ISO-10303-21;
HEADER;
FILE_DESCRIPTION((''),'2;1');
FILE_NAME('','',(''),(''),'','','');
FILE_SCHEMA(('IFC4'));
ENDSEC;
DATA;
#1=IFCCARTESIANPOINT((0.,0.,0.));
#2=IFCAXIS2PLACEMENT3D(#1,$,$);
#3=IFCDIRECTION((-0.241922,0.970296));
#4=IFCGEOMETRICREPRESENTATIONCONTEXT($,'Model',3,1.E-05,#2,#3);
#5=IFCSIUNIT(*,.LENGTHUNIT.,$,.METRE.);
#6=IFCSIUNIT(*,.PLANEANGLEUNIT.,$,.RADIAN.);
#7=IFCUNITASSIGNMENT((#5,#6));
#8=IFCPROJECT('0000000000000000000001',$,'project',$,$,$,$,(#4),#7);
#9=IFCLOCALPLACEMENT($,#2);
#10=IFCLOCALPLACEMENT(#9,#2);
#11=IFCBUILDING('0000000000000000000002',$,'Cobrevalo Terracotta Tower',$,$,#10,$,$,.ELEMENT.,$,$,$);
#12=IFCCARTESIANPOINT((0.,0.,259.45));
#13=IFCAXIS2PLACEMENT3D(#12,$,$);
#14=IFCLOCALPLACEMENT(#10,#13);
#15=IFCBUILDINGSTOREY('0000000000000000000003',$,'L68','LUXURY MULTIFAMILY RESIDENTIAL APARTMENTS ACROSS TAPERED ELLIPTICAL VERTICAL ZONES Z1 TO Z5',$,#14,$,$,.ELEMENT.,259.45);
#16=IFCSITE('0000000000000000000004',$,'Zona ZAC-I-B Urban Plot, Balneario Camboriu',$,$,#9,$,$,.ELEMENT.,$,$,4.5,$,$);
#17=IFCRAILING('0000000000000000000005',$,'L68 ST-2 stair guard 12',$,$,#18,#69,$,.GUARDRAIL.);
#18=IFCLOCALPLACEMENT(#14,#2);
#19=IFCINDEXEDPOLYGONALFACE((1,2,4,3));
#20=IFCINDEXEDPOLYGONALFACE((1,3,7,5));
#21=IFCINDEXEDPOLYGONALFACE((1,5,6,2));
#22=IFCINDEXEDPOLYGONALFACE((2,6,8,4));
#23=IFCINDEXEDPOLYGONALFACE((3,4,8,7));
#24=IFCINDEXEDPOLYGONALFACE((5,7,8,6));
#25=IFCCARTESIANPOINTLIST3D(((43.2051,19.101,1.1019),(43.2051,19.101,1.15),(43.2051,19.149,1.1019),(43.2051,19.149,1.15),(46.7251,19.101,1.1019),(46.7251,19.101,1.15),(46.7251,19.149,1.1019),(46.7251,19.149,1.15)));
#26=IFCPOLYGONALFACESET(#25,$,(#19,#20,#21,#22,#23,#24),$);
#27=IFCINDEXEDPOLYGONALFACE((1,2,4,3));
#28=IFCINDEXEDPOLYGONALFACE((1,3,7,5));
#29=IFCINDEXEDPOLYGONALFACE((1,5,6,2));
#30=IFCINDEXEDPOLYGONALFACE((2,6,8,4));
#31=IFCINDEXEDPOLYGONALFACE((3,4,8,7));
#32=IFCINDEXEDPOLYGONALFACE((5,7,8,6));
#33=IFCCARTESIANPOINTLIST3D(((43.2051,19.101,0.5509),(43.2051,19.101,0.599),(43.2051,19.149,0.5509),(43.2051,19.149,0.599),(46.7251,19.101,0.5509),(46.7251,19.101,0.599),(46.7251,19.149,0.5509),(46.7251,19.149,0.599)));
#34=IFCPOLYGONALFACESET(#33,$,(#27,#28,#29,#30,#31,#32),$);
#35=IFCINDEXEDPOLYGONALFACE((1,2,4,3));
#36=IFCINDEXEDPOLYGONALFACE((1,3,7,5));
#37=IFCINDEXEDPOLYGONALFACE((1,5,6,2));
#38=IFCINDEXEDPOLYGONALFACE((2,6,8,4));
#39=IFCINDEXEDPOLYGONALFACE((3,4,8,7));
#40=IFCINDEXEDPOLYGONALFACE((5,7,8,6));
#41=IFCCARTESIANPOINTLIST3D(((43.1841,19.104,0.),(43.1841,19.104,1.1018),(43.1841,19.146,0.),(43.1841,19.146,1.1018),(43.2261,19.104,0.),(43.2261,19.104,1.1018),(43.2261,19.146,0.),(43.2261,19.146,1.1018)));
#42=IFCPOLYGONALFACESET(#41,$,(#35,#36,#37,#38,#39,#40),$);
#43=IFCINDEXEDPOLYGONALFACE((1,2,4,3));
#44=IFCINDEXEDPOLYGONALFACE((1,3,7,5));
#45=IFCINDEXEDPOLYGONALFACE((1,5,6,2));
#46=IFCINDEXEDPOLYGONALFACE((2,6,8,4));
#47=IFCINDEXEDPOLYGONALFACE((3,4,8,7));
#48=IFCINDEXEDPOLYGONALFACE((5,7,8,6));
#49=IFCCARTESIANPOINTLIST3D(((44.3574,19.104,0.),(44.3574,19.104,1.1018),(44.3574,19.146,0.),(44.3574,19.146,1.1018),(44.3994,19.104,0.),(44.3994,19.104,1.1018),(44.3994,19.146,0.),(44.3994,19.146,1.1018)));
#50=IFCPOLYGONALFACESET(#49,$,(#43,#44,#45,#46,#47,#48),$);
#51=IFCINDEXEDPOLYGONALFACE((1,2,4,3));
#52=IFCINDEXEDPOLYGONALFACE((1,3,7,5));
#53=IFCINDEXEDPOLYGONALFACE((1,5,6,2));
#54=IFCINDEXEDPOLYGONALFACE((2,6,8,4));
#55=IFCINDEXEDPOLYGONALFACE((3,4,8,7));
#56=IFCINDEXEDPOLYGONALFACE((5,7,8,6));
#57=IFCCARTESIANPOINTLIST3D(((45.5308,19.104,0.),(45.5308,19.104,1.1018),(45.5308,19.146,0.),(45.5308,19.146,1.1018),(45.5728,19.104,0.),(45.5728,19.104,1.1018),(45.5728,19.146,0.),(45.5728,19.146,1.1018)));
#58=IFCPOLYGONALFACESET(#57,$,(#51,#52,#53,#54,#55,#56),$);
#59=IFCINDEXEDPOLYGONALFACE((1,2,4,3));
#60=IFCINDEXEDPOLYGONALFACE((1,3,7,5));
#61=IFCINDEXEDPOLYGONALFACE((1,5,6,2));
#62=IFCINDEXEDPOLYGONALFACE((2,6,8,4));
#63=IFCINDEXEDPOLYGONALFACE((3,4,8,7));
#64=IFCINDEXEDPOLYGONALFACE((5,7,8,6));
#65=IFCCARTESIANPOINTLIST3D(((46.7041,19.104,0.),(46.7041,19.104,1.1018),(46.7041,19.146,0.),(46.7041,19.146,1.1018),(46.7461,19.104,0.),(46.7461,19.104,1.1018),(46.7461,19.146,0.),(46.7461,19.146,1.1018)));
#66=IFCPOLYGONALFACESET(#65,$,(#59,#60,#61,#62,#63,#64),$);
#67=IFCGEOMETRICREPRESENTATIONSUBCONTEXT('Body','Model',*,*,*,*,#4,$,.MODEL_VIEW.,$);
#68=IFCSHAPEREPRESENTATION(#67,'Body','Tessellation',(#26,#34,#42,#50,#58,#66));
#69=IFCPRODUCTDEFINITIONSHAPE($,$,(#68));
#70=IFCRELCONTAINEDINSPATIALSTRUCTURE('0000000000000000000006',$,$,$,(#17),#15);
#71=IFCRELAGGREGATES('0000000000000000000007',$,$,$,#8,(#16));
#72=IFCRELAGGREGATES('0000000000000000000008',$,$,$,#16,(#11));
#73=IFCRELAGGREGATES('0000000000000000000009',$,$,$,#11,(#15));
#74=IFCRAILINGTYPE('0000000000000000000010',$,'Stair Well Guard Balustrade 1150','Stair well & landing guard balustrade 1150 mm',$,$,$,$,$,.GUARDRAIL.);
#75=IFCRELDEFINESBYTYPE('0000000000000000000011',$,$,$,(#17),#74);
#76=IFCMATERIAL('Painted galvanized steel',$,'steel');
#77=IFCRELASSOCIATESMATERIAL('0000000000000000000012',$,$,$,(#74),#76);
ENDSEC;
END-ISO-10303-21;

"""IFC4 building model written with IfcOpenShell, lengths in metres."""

from ifc_helpers import new_model, si_unit, direction, frame, origin, origin_2d, place, context, subcontext, project, spatial, rectangle, extrude, material, type_object, element, save


model = new_model("IFC4")

# Units and contexts
model_context = context("Model", 3, precision=1e-05, world=origin(), true_north=direction((-0.241922, 0.970296)))
body_context = subcontext(model_context, "Body", "Model", "MODEL_VIEW")
ifc_project = project(units=[si_unit("LENGTHUNIT", "METRE"), si_unit("PLANEANGLEUNIT", "RADIAN")], contexts=[model_context])

# Site, building, storey
site_placement = place(None, origin())
site = spatial("IfcSite", under=ifc_project, at=site_placement, Name="Zona ZAC-I-B Urban Plot, Balneario Camboriu", CompositionType="ELEMENT", RefElevation=4.5)
building_placement = place(site_placement, origin())
building = spatial("IfcBuilding", under=site, at=building_placement, Name="Cobrevalo Terracotta Tower", CompositionType="ELEMENT")
storey_placement = place(building_placement, frame((0.0, 0.0, 259.45)))
storey = spatial("IfcBuildingStorey", under=building, at=storey_placement, Name="L68", Description="LUXURY MULTIFAMILY RESIDENTIAL APARTMENTS ACROSS TAPERED ELLIPTICAL VERTICAL ZONES Z1 TO Z5", CompositionType="ELEMENT", Elevation=259.45)

# Railing
ifc_material_1 = material(Name="Painted galvanized steel", Category="steel")
railing_type_1 = type_object("IfcRailingType", Name="Stair Well Guard Balustrade 1150", Description="Stair well & landing guard balustrade 1150 mm", PredefinedType="GUARDRAIL", material=ifc_material_1)
railing_1_placement = place(storey_placement, frame((43.2051, 19.125, 0.0)))
element("IfcRailing", 1, at=railing_1_placement, inside=storey, type_object=railing_type_1, Name="L68 ST-2 stair guard 12", PredefinedType="GUARDRAIL", context=body_context, shape_type="SweptSolid", body=[
    extrude(rectangle(XDim=0.0481, YDim=0.0481, at=origin_2d()), frame((0.0, 0.0, 1.126), z_axis=(1.0, 0.0, 0.0), x_axis=(0.0, 1.0, 0.0)), (0.0, 0.0, 1.0), 3.52),
    extrude(rectangle(XDim=0.0481, YDim=0.0481, at=origin_2d()), frame((0.0, 0.0, 0.575), z_axis=(1.0, 0.0, 0.0), x_axis=(0.0, 1.0, 0.0)), (0.0, 0.0, 1.0), 3.52),
    extrude(rectangle(XDim=0.042, YDim=0.042, at=origin_2d()), origin(), (0.0, 0.0, 1.0), 1.1018),
    extrude(rectangle(XDim=0.042, YDim=0.042, at=origin_2d()), frame((1.1733, 0.0, 0.0)), (0.0, 0.0, 1.0), 1.1018),
    extrude(rectangle(XDim=0.042, YDim=0.042, at=origin_2d()), frame((2.3467, 0.0, 0.0)), (0.0, 0.0, 1.0), 1.1018),
    extrude(rectangle(XDim=0.042, YDim=0.042, at=origin_2d()), frame((3.52, 0.0, 0.0)), (0.0, 0.0, 1.0), 1.1018),
])

save(model, "model.ifc")
